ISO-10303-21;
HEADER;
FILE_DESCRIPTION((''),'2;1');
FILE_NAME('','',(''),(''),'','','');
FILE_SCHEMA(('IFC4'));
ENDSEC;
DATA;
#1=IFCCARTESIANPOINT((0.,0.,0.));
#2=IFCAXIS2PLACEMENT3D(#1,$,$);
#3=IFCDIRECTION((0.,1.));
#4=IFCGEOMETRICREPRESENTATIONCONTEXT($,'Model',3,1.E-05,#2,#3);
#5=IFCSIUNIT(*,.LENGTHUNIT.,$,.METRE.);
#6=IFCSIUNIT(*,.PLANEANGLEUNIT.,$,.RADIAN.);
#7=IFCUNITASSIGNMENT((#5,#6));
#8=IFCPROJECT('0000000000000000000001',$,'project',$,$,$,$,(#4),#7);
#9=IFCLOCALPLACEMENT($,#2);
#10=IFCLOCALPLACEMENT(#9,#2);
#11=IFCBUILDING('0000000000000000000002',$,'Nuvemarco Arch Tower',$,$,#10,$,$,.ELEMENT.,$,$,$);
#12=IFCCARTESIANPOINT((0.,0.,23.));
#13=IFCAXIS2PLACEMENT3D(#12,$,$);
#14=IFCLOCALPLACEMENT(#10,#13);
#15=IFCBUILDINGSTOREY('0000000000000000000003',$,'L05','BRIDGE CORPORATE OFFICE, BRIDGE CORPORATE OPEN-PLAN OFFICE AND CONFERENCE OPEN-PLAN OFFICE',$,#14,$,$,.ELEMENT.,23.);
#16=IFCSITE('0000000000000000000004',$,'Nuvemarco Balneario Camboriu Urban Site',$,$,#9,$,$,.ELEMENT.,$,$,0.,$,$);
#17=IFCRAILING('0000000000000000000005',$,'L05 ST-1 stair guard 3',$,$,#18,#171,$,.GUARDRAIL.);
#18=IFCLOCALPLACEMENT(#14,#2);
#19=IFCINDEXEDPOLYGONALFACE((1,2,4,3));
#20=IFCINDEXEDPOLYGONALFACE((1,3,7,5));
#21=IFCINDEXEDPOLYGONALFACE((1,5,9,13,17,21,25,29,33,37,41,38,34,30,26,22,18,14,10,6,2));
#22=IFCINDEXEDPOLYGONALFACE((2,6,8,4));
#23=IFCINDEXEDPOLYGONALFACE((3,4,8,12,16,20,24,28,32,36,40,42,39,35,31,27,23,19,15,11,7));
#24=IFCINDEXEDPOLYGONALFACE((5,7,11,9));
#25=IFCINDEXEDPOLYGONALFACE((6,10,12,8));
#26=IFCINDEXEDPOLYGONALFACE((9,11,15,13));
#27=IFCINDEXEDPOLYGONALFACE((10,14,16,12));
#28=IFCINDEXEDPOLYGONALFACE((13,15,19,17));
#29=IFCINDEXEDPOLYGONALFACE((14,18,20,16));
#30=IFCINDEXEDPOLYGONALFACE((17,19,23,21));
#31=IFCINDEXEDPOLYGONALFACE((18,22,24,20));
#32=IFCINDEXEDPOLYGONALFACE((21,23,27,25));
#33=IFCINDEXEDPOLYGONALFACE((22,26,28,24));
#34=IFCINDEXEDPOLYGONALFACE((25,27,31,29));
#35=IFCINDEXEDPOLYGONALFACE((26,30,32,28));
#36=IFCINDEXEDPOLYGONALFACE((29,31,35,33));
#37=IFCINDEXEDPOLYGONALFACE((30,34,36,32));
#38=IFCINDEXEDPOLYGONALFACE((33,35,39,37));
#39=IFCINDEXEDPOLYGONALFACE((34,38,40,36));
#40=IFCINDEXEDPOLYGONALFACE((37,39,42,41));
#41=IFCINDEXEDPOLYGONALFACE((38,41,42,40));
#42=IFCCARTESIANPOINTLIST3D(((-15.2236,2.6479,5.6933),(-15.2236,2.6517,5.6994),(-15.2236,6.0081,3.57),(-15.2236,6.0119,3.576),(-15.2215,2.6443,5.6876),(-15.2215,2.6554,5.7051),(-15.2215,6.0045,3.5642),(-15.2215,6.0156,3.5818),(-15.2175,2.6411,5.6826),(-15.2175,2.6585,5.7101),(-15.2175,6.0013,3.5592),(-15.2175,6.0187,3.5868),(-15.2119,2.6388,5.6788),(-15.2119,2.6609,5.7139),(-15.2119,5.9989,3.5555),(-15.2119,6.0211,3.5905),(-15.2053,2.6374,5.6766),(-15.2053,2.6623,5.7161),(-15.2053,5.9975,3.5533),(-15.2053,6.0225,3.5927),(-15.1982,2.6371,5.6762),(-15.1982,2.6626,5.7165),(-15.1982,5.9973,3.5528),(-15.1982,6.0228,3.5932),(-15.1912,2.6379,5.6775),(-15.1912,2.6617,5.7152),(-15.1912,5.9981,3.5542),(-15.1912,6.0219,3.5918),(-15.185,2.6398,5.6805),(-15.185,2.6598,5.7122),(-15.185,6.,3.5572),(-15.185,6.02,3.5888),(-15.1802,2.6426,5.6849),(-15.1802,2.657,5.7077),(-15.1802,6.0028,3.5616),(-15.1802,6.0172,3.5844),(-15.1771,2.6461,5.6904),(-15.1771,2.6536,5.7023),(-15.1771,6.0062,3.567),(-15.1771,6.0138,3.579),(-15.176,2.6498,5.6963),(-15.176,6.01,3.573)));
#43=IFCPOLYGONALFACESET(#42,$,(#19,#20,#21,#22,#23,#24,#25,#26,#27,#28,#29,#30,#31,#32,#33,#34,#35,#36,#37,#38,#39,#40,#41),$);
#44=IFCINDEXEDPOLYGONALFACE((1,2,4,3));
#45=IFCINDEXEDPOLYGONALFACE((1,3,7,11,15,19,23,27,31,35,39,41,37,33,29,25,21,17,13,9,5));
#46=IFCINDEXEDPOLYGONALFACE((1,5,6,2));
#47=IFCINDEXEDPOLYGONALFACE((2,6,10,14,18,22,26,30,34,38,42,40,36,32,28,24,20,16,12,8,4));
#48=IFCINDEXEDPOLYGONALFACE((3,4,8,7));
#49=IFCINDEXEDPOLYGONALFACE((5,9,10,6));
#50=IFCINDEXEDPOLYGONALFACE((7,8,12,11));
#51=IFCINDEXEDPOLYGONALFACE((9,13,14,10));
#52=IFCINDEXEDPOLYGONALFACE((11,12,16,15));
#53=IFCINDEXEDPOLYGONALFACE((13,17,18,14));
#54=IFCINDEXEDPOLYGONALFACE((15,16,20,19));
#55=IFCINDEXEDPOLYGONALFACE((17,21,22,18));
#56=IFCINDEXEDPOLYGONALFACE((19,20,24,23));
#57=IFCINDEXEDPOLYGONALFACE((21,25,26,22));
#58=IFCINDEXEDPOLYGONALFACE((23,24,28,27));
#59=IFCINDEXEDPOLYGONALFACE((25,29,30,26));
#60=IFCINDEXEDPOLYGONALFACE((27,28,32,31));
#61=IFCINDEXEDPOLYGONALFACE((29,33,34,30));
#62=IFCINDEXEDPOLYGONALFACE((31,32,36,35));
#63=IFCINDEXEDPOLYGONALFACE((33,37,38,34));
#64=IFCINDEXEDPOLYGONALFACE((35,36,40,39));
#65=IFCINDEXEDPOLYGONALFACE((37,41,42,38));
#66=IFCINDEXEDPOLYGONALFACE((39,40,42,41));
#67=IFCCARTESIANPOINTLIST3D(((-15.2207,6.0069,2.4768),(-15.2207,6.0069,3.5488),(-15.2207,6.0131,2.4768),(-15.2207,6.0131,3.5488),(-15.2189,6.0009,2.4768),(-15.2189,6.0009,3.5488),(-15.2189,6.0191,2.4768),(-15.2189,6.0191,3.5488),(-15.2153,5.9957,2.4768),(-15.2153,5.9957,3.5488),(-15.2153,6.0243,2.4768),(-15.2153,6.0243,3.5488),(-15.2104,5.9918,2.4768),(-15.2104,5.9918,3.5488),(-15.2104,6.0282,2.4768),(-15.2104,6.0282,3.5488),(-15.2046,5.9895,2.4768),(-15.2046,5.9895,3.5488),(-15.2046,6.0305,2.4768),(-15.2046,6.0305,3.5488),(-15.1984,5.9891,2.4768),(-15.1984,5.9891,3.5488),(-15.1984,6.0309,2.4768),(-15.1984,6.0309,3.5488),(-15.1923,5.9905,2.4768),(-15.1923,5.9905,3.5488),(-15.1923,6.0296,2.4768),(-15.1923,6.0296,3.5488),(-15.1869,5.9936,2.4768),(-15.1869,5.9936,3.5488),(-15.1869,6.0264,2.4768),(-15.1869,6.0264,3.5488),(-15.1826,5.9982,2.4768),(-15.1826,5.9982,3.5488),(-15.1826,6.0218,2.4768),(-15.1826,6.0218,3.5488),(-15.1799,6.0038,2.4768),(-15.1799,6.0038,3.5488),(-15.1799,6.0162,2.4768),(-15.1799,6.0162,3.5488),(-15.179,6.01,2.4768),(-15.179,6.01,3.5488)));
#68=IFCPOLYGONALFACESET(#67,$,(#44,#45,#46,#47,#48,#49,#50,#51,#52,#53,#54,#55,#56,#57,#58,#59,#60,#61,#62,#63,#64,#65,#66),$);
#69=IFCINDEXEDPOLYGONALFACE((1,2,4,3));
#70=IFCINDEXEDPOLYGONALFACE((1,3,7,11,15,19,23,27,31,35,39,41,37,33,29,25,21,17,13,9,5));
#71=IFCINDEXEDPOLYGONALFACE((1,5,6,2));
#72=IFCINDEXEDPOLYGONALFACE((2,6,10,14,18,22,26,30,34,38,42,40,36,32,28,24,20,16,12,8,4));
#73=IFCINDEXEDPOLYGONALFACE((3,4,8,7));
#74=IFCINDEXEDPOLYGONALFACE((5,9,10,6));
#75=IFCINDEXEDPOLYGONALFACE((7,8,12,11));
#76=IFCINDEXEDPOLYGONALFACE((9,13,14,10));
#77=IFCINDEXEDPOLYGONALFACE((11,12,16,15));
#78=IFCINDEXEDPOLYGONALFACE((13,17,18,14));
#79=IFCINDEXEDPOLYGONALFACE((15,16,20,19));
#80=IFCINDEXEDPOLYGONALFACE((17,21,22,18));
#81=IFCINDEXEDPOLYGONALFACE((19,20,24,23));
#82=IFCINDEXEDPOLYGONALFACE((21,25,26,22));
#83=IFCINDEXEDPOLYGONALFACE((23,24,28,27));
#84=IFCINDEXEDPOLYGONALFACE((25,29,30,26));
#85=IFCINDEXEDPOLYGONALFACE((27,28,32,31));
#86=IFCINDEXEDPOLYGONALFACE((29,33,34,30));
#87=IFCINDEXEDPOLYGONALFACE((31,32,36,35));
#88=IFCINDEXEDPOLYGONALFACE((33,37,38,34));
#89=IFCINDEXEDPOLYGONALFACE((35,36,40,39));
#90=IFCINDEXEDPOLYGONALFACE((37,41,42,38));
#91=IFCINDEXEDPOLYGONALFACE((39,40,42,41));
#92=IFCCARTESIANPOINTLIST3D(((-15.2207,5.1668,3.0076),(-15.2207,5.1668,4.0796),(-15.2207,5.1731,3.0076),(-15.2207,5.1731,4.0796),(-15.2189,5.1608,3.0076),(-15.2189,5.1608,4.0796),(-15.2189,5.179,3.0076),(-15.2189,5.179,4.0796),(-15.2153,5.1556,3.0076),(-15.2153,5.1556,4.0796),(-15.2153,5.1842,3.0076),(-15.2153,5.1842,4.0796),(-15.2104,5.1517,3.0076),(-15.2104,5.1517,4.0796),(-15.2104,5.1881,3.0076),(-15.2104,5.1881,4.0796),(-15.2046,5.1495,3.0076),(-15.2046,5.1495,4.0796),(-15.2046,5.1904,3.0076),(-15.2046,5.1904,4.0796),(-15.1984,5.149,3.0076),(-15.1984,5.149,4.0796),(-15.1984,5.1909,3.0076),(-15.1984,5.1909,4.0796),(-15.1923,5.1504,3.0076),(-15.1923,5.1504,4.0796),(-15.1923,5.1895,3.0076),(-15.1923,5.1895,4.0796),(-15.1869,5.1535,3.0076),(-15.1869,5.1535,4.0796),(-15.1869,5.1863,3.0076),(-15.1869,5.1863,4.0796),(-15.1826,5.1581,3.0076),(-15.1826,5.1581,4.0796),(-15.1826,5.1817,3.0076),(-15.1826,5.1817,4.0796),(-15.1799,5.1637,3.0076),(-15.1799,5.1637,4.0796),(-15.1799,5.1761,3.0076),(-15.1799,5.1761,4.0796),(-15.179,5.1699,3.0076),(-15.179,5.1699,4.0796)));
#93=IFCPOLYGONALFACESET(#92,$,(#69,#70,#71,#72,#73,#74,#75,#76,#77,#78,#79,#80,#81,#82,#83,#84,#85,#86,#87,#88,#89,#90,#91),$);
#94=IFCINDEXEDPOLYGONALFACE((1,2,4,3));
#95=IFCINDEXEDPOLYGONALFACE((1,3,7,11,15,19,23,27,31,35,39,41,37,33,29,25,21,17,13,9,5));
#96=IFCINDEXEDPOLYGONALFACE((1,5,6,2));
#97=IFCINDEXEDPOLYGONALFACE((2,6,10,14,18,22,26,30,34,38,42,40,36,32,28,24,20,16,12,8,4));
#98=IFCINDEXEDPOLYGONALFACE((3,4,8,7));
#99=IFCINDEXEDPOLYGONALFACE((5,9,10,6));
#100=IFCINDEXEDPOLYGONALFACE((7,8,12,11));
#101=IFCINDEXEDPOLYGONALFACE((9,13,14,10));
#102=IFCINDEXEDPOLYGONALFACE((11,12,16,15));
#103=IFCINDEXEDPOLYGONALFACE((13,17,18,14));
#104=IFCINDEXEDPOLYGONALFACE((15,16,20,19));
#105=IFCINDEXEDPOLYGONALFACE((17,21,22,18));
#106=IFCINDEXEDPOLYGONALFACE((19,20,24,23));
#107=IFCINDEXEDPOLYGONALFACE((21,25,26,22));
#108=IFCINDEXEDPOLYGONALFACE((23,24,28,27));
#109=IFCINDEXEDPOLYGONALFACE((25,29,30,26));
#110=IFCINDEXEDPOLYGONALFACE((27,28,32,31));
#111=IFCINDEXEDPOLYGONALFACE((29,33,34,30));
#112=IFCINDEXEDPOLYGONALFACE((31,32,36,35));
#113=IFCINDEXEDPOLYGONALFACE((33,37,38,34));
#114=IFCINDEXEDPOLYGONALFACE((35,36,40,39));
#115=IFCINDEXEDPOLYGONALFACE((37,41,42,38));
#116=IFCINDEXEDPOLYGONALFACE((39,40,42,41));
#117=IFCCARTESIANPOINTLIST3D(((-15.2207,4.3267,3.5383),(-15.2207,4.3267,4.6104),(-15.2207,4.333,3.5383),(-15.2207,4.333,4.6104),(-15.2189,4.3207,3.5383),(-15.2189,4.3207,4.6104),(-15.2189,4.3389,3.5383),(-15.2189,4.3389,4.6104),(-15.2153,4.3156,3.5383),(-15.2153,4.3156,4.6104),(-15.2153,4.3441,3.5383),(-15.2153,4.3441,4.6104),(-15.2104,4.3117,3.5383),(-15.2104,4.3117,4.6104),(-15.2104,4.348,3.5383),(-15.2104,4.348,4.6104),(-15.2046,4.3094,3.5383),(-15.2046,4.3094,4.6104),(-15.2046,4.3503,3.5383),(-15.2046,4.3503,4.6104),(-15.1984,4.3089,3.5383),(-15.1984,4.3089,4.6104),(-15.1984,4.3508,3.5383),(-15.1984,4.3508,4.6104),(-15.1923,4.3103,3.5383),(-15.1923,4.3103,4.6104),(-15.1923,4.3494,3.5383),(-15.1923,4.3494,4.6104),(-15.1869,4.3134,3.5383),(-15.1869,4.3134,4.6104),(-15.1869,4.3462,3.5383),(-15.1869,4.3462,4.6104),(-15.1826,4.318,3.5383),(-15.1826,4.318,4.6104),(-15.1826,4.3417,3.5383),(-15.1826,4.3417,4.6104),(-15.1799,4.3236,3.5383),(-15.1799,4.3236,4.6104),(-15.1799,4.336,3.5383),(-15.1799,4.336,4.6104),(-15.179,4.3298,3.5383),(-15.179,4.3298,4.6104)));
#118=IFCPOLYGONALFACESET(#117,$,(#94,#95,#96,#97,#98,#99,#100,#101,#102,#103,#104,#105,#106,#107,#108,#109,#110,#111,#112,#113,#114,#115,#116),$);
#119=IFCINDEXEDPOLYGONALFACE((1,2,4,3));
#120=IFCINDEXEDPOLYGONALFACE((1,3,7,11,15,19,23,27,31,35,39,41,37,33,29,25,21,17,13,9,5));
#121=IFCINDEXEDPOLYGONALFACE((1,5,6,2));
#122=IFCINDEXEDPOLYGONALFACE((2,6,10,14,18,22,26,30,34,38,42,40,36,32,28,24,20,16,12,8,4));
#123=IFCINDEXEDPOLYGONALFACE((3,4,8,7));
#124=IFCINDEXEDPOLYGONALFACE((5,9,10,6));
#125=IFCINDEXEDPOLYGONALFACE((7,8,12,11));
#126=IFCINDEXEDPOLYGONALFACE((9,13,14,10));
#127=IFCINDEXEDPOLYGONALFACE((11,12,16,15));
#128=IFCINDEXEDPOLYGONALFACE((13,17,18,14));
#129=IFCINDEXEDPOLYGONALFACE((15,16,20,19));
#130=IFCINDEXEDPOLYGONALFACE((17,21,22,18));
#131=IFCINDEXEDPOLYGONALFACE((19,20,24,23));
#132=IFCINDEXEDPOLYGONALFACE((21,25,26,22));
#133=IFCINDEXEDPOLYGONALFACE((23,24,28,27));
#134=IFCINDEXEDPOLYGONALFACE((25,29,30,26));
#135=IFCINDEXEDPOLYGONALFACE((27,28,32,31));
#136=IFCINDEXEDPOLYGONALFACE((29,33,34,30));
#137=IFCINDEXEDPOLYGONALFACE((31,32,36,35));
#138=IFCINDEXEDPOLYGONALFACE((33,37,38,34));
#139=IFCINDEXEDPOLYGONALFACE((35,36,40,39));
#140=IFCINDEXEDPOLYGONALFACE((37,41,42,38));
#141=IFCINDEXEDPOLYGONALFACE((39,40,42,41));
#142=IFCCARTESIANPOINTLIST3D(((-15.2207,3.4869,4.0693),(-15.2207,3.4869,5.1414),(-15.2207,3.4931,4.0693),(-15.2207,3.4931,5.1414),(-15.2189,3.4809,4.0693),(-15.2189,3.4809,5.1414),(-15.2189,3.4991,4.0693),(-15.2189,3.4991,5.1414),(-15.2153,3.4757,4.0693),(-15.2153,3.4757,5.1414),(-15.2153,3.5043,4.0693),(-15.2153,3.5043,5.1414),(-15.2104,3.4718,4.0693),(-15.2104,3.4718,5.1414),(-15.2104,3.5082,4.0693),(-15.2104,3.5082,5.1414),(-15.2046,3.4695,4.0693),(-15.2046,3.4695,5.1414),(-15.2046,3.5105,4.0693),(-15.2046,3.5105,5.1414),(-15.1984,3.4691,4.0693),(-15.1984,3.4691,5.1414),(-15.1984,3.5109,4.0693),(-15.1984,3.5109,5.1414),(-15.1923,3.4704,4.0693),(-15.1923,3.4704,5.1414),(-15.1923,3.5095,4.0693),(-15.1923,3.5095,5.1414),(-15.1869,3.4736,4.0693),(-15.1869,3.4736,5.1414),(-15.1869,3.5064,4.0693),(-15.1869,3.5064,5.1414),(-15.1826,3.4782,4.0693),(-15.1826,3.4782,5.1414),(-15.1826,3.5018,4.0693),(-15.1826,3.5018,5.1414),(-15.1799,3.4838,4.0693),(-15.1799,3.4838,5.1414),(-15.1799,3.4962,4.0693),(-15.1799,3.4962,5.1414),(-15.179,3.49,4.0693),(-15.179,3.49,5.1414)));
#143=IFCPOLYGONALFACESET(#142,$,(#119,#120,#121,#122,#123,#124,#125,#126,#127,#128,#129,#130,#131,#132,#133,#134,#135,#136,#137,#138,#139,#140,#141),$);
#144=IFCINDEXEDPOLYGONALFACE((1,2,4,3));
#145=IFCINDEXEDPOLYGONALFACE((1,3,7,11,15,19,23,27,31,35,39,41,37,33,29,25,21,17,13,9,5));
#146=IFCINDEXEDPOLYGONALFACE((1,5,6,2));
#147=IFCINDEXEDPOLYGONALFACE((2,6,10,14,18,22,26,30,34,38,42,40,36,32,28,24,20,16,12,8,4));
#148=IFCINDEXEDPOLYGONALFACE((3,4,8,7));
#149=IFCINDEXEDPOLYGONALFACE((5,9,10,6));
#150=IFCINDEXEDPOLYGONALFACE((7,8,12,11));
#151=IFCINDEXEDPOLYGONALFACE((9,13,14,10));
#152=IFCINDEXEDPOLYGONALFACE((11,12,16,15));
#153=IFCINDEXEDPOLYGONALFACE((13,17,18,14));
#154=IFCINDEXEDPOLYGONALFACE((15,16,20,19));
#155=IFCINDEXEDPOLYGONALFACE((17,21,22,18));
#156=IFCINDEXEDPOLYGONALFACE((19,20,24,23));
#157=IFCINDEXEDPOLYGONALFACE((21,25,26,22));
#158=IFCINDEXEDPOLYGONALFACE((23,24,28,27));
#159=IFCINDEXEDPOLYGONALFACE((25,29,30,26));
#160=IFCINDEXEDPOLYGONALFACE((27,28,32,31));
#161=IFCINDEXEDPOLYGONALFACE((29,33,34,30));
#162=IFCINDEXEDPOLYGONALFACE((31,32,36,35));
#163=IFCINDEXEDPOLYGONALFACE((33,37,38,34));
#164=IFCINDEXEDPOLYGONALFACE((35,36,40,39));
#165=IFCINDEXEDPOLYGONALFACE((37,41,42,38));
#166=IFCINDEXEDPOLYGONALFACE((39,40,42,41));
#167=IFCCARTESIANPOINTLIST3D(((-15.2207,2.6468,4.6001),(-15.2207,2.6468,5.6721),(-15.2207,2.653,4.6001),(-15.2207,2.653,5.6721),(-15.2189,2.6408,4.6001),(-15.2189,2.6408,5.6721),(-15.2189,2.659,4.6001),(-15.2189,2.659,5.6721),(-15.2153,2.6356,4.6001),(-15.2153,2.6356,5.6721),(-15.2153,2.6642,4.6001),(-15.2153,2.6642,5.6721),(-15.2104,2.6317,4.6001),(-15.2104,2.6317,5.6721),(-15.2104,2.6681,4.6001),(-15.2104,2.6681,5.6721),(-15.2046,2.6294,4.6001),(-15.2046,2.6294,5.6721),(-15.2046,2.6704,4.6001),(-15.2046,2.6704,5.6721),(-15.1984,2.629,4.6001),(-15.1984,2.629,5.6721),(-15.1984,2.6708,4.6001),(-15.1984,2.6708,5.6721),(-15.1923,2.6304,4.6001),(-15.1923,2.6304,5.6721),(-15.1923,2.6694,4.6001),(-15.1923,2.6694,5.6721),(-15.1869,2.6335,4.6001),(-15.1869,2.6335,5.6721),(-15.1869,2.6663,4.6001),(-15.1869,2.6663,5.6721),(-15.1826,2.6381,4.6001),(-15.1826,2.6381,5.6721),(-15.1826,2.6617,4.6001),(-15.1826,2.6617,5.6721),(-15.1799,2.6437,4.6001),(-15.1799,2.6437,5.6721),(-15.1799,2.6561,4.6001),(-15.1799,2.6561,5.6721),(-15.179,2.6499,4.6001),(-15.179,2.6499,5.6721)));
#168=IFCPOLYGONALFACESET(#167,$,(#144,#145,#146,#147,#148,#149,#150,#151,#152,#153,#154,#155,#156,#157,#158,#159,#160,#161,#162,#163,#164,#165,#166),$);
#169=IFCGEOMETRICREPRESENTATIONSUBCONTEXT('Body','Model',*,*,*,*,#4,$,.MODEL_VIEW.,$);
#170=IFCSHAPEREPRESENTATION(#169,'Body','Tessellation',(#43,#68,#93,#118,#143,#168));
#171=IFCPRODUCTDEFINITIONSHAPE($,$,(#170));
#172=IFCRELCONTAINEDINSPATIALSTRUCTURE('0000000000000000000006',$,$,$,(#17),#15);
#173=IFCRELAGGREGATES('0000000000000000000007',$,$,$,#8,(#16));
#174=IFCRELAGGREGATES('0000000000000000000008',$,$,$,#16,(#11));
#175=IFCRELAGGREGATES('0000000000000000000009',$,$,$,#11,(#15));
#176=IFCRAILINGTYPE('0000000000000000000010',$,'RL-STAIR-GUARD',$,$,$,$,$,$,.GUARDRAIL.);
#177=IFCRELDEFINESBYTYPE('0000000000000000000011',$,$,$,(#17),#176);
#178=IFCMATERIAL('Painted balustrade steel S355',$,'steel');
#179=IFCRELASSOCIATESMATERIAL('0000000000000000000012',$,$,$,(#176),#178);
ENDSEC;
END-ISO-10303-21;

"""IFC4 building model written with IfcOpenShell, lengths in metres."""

from ifc_helpers import new_model, si_unit, direction, frame, origin, origin_2d, place, context, subcontext, project, spatial, circle, extrude, material, type_object, element, save


model = new_model("IFC4")

# Units and contexts
model_context = context("Model", 3, precision=1e-05, world=origin(), true_north=direction((0.0, 1.0)))
body_context = subcontext(model_context, "Body", "Model", "MODEL_VIEW")
ifc_project = project(units=[si_unit("LENGTHUNIT", "METRE"), si_unit("PLANEANGLEUNIT", "RADIAN")], contexts=[model_context])

# Site, building, storey
site_placement = place(None, origin())
site = spatial("IfcSite", under=ifc_project, at=site_placement, Name="Nuvemarco Balneario Camboriu Urban Site", CompositionType="ELEMENT", RefElevation=0.0)
building_placement = place(site_placement, origin())
building = spatial("IfcBuilding", under=site, at=building_placement, Name="Nuvemarco Arch Tower", CompositionType="ELEMENT")
storey_placement = place(building_placement, frame((0.0, 0.0, 23.0)))
storey = spatial("IfcBuildingStorey", under=building, at=storey_placement, Name="L05", Description="BRIDGE CORPORATE OFFICE, BRIDGE CORPORATE OPEN-PLAN OFFICE AND CONFERENCE OPEN-PLAN OFFICE", CompositionType="ELEMENT", Elevation=23.0)

# Railing
ifc_material_1 = material(Name="Painted balustrade steel S355", Category="steel")
railing_type_1 = type_object("IfcRailingType", Name="RL-STAIR-GUARD", PredefinedType="GUARDRAIL", material=ifc_material_1)
railing_1_placement = place(storey_placement, frame((-15.2, 6.01, 2.4768)))
element("IfcRailing", 1, at=railing_1_placement, inside=storey, type_object=railing_type_1, Name="L05 ST-1 stair guard 3", PredefinedType="GUARDRAIL", context=body_context, shape_type="SweptSolid", body=[
    extrude(circle(Radius=0.0239, at=origin_2d()), frame((0.0, 0.0, 1.0962), z_axis=(0.0, -0.845362, 0.534194), x_axis=(1.0, 0.0, 0.0)), (0.0, 0.0, 1.0), 3.9749),
    extrude(circle(Radius=0.021, at=origin_2d()), origin(), (0.0, 0.0, 1.0), 1.072),
    extrude(circle(Radius=0.021, at=origin_2d()), frame((0.0, -0.8401, 0.5308)), (0.0, 0.0, 1.0), 1.072),
    extrude(circle(Radius=0.021, at=origin_2d()), frame((0.0, -1.6802, 1.0615)), (0.0, 0.0, 1.0), 1.072),
    extrude(circle(Radius=0.021, at=origin_2d()), frame((0.0, -2.52, 1.5925)), (0.0, 0.0, 1.0), 1.072),
    extrude(circle(Radius=0.021, at=origin_2d()), frame((0.0, -3.3601, 2.1233)), (0.0, 0.0, 1.0), 1.072),
])

save(model, "model.ifc")
